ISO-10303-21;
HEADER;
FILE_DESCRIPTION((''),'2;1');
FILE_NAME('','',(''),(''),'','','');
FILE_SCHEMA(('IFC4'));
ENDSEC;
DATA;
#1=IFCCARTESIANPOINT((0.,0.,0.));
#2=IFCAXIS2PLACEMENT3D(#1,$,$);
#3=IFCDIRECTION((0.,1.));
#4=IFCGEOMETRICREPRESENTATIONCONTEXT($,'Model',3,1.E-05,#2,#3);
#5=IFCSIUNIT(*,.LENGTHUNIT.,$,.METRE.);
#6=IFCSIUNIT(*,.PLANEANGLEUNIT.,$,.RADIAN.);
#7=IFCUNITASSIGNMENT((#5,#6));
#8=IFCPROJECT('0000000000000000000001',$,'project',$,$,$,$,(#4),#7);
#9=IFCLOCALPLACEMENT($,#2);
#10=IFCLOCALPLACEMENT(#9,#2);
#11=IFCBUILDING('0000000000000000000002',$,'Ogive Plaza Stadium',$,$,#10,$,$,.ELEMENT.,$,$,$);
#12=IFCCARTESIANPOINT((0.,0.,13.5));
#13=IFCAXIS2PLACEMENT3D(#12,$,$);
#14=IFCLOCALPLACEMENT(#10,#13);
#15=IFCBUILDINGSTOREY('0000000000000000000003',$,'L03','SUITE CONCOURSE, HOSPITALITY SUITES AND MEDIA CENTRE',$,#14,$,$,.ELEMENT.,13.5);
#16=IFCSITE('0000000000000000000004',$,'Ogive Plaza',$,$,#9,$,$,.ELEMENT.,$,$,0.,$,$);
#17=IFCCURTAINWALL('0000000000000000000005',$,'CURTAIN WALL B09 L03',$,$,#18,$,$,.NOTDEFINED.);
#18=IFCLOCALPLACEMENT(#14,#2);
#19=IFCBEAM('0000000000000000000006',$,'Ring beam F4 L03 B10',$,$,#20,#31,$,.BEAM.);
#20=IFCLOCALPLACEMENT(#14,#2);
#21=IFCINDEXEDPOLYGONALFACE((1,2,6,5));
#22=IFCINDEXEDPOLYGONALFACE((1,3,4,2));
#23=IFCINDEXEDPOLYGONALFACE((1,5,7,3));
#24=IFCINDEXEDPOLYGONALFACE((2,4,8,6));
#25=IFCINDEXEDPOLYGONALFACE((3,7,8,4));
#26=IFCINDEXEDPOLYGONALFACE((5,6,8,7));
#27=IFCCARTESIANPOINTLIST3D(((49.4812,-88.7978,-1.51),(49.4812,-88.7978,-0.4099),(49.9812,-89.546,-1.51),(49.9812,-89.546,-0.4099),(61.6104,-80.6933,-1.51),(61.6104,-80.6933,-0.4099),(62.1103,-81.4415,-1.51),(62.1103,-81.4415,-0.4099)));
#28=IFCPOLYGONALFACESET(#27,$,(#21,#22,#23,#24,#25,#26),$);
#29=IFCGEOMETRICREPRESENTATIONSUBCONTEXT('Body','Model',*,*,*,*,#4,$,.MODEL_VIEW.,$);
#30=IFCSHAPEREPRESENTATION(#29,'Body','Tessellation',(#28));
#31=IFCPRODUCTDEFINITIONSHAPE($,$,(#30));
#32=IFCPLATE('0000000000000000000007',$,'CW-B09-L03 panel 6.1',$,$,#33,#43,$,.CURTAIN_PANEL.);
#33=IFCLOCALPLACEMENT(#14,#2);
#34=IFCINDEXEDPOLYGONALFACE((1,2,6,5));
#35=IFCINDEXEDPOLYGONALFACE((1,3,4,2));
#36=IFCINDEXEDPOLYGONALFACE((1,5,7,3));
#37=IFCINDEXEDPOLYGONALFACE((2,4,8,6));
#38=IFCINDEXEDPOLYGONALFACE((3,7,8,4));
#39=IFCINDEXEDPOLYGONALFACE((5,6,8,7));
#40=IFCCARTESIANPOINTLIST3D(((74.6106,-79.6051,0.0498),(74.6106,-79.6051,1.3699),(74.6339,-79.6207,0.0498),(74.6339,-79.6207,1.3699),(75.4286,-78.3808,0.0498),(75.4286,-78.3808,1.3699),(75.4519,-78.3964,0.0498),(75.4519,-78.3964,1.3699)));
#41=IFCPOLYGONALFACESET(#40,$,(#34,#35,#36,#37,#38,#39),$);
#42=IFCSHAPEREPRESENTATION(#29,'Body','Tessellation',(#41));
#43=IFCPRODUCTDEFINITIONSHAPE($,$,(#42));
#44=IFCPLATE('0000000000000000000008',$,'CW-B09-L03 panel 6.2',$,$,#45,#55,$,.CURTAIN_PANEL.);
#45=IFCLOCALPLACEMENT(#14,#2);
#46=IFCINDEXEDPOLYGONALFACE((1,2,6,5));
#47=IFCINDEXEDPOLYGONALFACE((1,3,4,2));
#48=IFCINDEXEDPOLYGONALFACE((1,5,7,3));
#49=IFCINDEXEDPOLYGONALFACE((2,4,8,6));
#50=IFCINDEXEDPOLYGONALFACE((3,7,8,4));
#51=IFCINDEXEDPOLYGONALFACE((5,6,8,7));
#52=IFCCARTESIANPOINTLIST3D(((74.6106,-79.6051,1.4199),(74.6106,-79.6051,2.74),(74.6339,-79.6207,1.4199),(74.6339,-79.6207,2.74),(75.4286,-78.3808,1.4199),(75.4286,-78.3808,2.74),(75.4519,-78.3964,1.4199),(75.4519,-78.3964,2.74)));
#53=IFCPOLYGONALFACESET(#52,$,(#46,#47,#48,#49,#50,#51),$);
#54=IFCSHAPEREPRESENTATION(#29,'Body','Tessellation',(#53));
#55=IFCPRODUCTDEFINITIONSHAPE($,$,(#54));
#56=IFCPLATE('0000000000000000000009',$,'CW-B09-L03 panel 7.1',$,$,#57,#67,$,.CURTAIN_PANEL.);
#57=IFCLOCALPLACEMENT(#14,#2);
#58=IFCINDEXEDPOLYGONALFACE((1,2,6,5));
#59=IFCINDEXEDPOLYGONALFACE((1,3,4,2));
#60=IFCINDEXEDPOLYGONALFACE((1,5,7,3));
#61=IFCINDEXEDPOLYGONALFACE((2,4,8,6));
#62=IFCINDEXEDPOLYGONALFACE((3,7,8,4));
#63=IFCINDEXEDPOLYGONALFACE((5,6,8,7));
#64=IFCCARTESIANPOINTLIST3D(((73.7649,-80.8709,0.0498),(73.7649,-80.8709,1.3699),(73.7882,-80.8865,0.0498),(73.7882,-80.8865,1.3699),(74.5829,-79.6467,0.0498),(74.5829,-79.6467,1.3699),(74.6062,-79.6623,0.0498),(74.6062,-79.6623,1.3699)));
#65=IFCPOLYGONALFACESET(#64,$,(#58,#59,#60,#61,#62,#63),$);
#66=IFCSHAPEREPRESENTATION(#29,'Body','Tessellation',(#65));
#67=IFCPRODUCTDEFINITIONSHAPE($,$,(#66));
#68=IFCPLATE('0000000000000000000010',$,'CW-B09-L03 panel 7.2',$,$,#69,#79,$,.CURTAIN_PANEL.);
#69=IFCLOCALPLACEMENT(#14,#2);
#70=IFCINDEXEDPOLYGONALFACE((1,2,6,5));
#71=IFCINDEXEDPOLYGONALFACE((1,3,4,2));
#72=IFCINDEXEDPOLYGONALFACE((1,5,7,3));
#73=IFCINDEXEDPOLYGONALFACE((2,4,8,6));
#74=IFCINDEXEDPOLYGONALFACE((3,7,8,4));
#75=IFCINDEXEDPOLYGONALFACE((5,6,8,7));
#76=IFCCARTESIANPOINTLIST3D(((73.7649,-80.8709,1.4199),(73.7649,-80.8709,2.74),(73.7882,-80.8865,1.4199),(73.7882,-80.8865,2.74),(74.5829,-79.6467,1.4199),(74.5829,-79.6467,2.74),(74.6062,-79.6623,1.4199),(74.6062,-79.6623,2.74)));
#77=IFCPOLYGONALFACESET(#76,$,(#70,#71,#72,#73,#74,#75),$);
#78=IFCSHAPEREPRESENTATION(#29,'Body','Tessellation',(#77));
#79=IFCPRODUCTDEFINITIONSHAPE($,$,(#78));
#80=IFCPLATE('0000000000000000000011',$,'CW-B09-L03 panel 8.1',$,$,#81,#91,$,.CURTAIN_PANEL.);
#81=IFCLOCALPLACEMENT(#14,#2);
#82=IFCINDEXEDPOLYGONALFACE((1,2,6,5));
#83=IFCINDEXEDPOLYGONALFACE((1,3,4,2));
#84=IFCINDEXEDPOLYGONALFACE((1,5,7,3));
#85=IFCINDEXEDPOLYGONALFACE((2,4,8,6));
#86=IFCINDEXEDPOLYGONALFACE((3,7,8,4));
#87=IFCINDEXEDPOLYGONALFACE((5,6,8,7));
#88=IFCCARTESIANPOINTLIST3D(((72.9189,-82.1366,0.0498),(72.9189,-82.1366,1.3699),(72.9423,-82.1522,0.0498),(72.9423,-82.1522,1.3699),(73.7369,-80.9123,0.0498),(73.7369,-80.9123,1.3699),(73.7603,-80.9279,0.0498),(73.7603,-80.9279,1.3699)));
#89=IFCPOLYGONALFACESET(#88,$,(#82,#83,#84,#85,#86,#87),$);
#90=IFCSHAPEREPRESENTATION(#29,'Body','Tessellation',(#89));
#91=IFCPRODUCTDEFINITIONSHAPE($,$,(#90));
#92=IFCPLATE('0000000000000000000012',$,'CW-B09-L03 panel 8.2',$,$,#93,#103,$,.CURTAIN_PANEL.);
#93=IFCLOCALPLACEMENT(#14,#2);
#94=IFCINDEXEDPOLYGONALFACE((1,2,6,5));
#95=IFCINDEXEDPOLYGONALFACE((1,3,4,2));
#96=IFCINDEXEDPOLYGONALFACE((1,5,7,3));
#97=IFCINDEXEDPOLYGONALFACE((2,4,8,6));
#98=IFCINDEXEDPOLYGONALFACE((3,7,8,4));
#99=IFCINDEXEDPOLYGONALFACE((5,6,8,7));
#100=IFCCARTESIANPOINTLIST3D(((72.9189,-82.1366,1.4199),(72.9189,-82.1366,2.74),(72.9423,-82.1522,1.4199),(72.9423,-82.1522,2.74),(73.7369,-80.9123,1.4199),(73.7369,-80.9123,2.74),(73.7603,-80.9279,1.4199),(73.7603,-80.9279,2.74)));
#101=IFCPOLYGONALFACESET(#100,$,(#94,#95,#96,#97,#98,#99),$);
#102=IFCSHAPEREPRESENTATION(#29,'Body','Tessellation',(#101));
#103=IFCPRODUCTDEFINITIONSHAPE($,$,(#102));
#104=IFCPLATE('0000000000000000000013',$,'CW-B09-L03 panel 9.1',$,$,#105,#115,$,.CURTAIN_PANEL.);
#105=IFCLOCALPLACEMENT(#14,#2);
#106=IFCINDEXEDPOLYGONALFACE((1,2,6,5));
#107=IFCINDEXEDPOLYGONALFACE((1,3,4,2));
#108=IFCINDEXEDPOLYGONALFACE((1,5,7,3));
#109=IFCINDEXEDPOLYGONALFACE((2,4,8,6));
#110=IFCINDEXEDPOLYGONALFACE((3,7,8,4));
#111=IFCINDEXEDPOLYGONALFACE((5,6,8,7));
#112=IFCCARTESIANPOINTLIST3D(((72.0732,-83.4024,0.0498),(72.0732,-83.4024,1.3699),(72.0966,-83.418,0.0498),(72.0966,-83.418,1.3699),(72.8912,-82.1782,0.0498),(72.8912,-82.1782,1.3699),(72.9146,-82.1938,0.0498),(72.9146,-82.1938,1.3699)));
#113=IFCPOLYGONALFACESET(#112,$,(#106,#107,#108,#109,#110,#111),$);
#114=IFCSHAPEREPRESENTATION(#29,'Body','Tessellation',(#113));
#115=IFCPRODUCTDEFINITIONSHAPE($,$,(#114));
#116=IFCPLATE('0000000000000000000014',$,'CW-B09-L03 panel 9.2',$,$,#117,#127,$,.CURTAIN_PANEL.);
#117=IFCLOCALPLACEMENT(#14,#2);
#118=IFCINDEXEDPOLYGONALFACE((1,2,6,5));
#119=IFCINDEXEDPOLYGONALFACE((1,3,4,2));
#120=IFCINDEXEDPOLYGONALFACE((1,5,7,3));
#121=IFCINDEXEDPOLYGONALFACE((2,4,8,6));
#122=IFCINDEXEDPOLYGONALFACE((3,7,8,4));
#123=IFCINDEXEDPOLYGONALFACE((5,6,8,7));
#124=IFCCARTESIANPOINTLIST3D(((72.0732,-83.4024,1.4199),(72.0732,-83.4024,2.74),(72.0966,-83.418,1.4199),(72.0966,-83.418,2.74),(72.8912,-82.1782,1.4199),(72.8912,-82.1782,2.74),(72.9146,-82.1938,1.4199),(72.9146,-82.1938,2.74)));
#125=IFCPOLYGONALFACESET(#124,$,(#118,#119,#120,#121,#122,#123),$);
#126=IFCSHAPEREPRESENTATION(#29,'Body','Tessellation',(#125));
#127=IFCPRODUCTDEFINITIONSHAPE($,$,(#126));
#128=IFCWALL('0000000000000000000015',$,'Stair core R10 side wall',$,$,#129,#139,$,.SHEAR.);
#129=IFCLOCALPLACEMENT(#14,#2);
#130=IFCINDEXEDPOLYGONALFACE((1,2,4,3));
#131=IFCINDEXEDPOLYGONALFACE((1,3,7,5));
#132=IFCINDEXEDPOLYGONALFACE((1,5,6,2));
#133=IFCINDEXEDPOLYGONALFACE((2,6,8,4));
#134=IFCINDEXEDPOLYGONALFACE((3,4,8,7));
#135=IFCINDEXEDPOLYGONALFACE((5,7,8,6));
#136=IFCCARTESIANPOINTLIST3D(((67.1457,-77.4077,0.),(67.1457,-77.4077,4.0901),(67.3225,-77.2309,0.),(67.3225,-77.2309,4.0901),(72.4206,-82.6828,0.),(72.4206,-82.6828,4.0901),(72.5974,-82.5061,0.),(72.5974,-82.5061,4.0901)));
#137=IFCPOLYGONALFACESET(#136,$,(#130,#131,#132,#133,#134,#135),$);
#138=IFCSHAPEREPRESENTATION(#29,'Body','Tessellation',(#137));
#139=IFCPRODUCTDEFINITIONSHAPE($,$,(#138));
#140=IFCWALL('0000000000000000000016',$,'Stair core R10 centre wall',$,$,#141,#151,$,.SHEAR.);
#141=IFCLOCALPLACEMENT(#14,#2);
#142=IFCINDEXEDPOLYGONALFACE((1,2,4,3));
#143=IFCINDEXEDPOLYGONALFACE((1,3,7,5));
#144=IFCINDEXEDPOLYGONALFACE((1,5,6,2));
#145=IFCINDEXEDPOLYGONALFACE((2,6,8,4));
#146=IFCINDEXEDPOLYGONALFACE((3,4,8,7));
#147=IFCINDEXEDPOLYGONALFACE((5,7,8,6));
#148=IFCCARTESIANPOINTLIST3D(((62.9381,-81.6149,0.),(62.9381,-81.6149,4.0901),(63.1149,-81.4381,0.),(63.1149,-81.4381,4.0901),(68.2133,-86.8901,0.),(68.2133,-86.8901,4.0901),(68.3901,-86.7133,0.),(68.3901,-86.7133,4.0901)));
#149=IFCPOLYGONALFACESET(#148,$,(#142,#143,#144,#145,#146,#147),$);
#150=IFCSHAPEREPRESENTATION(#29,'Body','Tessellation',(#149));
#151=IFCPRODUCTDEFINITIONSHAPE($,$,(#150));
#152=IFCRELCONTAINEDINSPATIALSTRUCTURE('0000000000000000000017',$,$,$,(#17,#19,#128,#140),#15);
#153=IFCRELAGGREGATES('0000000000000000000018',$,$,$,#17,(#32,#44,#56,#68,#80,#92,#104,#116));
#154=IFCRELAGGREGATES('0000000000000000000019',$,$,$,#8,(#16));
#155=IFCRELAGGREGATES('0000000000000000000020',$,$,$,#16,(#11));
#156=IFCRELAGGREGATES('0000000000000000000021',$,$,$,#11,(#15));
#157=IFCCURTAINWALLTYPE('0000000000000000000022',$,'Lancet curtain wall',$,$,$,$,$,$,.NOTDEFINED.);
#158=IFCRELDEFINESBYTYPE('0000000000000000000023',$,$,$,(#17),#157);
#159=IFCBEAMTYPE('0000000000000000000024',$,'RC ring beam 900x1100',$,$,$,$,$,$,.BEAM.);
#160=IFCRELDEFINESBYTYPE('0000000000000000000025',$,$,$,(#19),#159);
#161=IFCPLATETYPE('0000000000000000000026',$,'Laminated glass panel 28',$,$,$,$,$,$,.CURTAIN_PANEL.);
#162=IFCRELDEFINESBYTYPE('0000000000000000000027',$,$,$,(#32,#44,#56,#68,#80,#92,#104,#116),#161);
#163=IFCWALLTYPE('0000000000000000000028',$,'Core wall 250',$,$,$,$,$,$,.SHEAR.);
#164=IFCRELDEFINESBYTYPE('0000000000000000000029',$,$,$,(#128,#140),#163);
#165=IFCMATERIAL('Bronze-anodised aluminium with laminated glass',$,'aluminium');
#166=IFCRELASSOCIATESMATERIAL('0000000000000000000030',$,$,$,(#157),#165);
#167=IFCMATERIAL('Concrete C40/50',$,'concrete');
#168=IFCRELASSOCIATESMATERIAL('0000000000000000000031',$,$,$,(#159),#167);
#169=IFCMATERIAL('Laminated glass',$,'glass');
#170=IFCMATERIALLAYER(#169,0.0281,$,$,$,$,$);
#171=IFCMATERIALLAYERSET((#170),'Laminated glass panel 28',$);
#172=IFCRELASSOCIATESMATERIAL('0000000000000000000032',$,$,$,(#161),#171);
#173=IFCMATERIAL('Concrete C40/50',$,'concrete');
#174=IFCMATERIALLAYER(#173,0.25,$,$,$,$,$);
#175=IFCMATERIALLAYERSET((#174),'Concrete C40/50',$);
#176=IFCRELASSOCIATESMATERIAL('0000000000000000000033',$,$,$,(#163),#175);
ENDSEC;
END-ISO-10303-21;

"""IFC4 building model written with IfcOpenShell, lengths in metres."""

from ifc_helpers import new_model, si_unit, direction, frame, frame_2d, origin, origin_2d, place, context, subcontext, project, spatial, rectangle, extrude, material, layer, layer_set, material_profile, profile_set, type_object, element, aggregate, save


model = new_model("IFC4")

# Units and contexts
model_context = context("Model", 3, precision=1e-05, world=origin(), true_north=direction((0.0, 1.0)))
body_context = subcontext(model_context, "Body", "Model", "MODEL_VIEW")
ifc_project = project(units=[si_unit("LENGTHUNIT", "METRE"), si_unit("PLANEANGLEUNIT", "RADIAN")], contexts=[model_context])

# Site, building, storey
site_placement = place(None, origin())
site = spatial("IfcSite", under=ifc_project, at=site_placement, Name="Ogive Plaza", CompositionType="ELEMENT", RefElevation=0.0)
building_placement = place(site_placement, origin())
building = spatial("IfcBuilding", under=site, at=building_placement, Name="Ogive Plaza Stadium", CompositionType="ELEMENT")
storey_placement = place(building_placement, frame((0.0, 0.0, 13.5)))
storey = spatial("IfcBuildingStorey", under=building, at=storey_placement, Name="L03", Description="SUITE CONCOURSE, HOSPITALITY SUITES AND MEDIA CENTRE", CompositionType="ELEMENT", Elevation=13.5)

# Curtain wall
ifc_material_1 = material(Name="Bronze-anodised aluminium with laminated glass", Category="aluminium")
curtain_wall_type = type_object("IfcCurtainWallType", Name="Lancet curtain wall", PredefinedType="NOTDEFINED", material=ifc_material_1)
curtain_wall_placement = place(storey_placement, origin())
curtain_wall = element("IfcCurtainWall", 1, at=curtain_wall_placement, inside=storey, type_object=curtain_wall_type, Name="CURTAIN WALL B09 L03", PredefinedType="NOTDEFINED")

# Beam
ifc_material_2 = material(Name="Concrete C40/50", Category="concrete")
ifc_material_profile_1 = material_profile(ifc_material_2, rectangle(XDim=0.8999, YDim=1.1001, at=origin_2d()), Name="RC 900x1100")
ifc_profile_set_1 = profile_set([ifc_material_profile_1], Name="Concrete C40/50")
beam_type = type_object("IfcBeamType", Name="RC ring beam 900x1100", PredefinedType="BEAM", material=ifc_profile_set_1)
beam_placement = place(storey_placement, frame((61.8604, -81.0674, -0.96), z_axis=(-0.831468, -0.555573, 0.0), x_axis=(0.555573, -0.831468, 0.0)))
element("IfcBeam", 2, at=beam_placement, inside=storey, type_object=beam_type, Name="Ring beam F4 L03 B10", PredefinedType="BEAM", context=body_context, shape_type="SweptSolid", body=[
    extrude(rectangle(XDim=0.8999, YDim=1.1001, at=origin_2d()), origin(), (0.0, 0.0, 1.0), 14.5876),
])

# Plates
ifc_material_3 = material(Name="Laminated glass", Category="glass")
ifc_layer_1 = layer(ifc_material_3, 0.0281)
ifc_layer_set_1 = layer_set([ifc_layer_1], Name="Laminated glass panel 28")
plate_type = type_object("IfcPlateType", Name="Laminated glass panel 28", PredefinedType="CURTAIN_PANEL", material=ifc_layer_set_1)
plate_1_placement = place(storey_placement, frame((75.0312, -79.0007, 0.0498), z_axis=(0.0, 0.0, 1.0), x_axis=(-0.55557, -0.83147, 0.0)))
plate_1 = element("IfcPlate", 3, at=plate_1_placement, type_object=plate_type, Name="CW-B09-L03 panel 6.1", PredefinedType="CURTAIN_PANEL", context=body_context, shape_type="SweptSolid", body=[
    extrude(rectangle(XDim=1.4724, YDim=0.0281, at=origin_2d()), origin(), (0.0, 0.0, 1.0), 1.3201),
])
plate_2_placement = place(storey_placement, frame((75.0312, -79.0007, 1.4199), z_axis=(0.0, 0.0, 1.0), x_axis=(-0.55557, -0.83147, 0.0)))
plate_2 = element("IfcPlate", 4, at=plate_2_placement, type_object=plate_type, Name="CW-B09-L03 panel 6.2", PredefinedType="CURTAIN_PANEL", context=body_context, shape_type="SweptSolid", body=[
    extrude(rectangle(XDim=1.4724, YDim=0.0281, at=origin_2d()), origin(), (0.0, 0.0, 1.0), 1.3201),
])
plate_3_placement = place(storey_placement, frame((74.1855, -80.2666, 0.0498), z_axis=(0.0, 0.0, 1.0), x_axis=(-0.55557, -0.83147, 0.0)))
plate_3 = element("IfcPlate", 5, at=plate_3_placement, type_object=plate_type, Name="CW-B09-L03 panel 7.1", PredefinedType="CURTAIN_PANEL", context=body_context, shape_type="SweptSolid", body=[
    extrude(rectangle(XDim=1.4724, YDim=0.0281, at=origin_2d()), origin(), (0.0, 0.0, 1.0), 1.3201),
])
plate_4_placement = place(storey_placement, frame((74.1855, -80.2666, 1.4199), z_axis=(0.0, 0.0, 1.0), x_axis=(-0.55557, -0.83147, 0.0)))
plate_4 = element("IfcPlate", 6, at=plate_4_placement, type_object=plate_type, Name="CW-B09-L03 panel 7.2", PredefinedType="CURTAIN_PANEL", context=body_context, shape_type="SweptSolid", body=[
    extrude(rectangle(XDim=1.4724, YDim=0.0281, at=origin_2d()), origin(), (0.0, 0.0, 1.0), 1.3201),
])
plate_5_placement = place(storey_placement, frame((73.3396, -81.5322, 0.0498), z_axis=(0.0, 0.0, 1.0), x_axis=(-0.55557, -0.83147, 0.0)))
plate_5 = element("IfcPlate", 7, at=plate_5_placement, type_object=plate_type, Name="CW-B09-L03 panel 8.1", PredefinedType="CURTAIN_PANEL", context=body_context, shape_type="SweptSolid", body=[
    extrude(rectangle(XDim=1.4724, YDim=0.0281, at=origin_2d()), origin(), (0.0, 0.0, 1.0), 1.3201),
])
plate_6_placement = place(storey_placement, frame((73.3396, -81.5322, 1.4199), z_axis=(0.0, 0.0, 1.0), x_axis=(-0.55557, -0.83147, 0.0)))
plate_6 = element("IfcPlate", 8, at=plate_6_placement, type_object=plate_type, Name="CW-B09-L03 panel 8.2", PredefinedType="CURTAIN_PANEL", context=body_context, shape_type="SweptSolid", body=[
    extrude(rectangle(XDim=1.4724, YDim=0.0281, at=origin_2d()), origin(), (0.0, 0.0, 1.0), 1.3201),
])
plate_7_placement = place(storey_placement, frame((72.4939, -82.7981, 0.0498), z_axis=(0.0, 0.0, 1.0), x_axis=(-0.55557, -0.83147, 0.0)))
plate_7 = element("IfcPlate", 9, at=plate_7_placement, type_object=plate_type, Name="CW-B09-L03 panel 9.1", PredefinedType="CURTAIN_PANEL", context=body_context, shape_type="SweptSolid", body=[
    extrude(rectangle(XDim=1.4724, YDim=0.0281, at=origin_2d()), origin(), (0.0, 0.0, 1.0), 1.3201),
])
plate_8_placement = place(storey_placement, frame((72.4939, -82.7981, 1.4199), z_axis=(0.0, 0.0, 1.0), x_axis=(-0.55557, -0.83147, 0.0)))
plate_8 = element("IfcPlate", 10, at=plate_8_placement, type_object=plate_type, Name="CW-B09-L03 panel 9.2", PredefinedType="CURTAIN_PANEL", context=body_context, shape_type="SweptSolid", body=[
    extrude(rectangle(XDim=1.4724, YDim=0.0281, at=origin_2d()), origin(), (0.0, 0.0, 1.0), 1.3201),
])
aggregate(curtain_wall, [plate_1, plate_2, plate_3, plate_4, plate_5, plate_6, plate_7, plate_8])

# Walls
ifc_material_4 = material(Name="Concrete C40/50", Category="concrete")
ifc_layer_2 = layer(ifc_material_4, 0.25)
ifc_layer_set_2 = layer_set([ifc_layer_2], Name="Concrete C40/50")
wall_type = type_object("IfcWallType", Name="Core wall 250", PredefinedType="SHEAR", material=ifc_layer_set_2)
wall_1_placement = place(storey_placement, frame((67.2341, -77.3193, 0.0), z_axis=(0.0, 0.0, 1.0), x_axis=(0.70709, -0.707123, 0.0)))
element("IfcWall", 11, at=wall_1_placement, inside=storey, type_object=wall_type, Name="Stair core R10 side wall", PredefinedType="SHEAR", context=body_context, shape_type="SweptSolid", body=[
    extrude(rectangle(XDim=7.46, YDim=0.25, at=frame_2d((3.73, 0.0))), origin(), (0.0, 0.0, 1.0), 4.0901),
])
wall_2_placement = place(storey_placement, frame((63.0266, -81.5266, 0.0), z_axis=(0.0, 0.0, 1.0), x_axis=(0.707107, -0.707107, 0.0)))
element("IfcWall", 12, at=wall_2_placement, inside=storey, type_object=wall_type, Name="Stair core R10 centre wall", PredefinedType="SHEAR", context=body_context, shape_type="SweptSolid", body=[
    extrude(rectangle(XDim=7.4602, YDim=0.25, at=frame_2d((3.73, 0.0))), origin(), (0.0, 0.0, 1.0), 4.0901),
])

save(model, "model.ifc")
